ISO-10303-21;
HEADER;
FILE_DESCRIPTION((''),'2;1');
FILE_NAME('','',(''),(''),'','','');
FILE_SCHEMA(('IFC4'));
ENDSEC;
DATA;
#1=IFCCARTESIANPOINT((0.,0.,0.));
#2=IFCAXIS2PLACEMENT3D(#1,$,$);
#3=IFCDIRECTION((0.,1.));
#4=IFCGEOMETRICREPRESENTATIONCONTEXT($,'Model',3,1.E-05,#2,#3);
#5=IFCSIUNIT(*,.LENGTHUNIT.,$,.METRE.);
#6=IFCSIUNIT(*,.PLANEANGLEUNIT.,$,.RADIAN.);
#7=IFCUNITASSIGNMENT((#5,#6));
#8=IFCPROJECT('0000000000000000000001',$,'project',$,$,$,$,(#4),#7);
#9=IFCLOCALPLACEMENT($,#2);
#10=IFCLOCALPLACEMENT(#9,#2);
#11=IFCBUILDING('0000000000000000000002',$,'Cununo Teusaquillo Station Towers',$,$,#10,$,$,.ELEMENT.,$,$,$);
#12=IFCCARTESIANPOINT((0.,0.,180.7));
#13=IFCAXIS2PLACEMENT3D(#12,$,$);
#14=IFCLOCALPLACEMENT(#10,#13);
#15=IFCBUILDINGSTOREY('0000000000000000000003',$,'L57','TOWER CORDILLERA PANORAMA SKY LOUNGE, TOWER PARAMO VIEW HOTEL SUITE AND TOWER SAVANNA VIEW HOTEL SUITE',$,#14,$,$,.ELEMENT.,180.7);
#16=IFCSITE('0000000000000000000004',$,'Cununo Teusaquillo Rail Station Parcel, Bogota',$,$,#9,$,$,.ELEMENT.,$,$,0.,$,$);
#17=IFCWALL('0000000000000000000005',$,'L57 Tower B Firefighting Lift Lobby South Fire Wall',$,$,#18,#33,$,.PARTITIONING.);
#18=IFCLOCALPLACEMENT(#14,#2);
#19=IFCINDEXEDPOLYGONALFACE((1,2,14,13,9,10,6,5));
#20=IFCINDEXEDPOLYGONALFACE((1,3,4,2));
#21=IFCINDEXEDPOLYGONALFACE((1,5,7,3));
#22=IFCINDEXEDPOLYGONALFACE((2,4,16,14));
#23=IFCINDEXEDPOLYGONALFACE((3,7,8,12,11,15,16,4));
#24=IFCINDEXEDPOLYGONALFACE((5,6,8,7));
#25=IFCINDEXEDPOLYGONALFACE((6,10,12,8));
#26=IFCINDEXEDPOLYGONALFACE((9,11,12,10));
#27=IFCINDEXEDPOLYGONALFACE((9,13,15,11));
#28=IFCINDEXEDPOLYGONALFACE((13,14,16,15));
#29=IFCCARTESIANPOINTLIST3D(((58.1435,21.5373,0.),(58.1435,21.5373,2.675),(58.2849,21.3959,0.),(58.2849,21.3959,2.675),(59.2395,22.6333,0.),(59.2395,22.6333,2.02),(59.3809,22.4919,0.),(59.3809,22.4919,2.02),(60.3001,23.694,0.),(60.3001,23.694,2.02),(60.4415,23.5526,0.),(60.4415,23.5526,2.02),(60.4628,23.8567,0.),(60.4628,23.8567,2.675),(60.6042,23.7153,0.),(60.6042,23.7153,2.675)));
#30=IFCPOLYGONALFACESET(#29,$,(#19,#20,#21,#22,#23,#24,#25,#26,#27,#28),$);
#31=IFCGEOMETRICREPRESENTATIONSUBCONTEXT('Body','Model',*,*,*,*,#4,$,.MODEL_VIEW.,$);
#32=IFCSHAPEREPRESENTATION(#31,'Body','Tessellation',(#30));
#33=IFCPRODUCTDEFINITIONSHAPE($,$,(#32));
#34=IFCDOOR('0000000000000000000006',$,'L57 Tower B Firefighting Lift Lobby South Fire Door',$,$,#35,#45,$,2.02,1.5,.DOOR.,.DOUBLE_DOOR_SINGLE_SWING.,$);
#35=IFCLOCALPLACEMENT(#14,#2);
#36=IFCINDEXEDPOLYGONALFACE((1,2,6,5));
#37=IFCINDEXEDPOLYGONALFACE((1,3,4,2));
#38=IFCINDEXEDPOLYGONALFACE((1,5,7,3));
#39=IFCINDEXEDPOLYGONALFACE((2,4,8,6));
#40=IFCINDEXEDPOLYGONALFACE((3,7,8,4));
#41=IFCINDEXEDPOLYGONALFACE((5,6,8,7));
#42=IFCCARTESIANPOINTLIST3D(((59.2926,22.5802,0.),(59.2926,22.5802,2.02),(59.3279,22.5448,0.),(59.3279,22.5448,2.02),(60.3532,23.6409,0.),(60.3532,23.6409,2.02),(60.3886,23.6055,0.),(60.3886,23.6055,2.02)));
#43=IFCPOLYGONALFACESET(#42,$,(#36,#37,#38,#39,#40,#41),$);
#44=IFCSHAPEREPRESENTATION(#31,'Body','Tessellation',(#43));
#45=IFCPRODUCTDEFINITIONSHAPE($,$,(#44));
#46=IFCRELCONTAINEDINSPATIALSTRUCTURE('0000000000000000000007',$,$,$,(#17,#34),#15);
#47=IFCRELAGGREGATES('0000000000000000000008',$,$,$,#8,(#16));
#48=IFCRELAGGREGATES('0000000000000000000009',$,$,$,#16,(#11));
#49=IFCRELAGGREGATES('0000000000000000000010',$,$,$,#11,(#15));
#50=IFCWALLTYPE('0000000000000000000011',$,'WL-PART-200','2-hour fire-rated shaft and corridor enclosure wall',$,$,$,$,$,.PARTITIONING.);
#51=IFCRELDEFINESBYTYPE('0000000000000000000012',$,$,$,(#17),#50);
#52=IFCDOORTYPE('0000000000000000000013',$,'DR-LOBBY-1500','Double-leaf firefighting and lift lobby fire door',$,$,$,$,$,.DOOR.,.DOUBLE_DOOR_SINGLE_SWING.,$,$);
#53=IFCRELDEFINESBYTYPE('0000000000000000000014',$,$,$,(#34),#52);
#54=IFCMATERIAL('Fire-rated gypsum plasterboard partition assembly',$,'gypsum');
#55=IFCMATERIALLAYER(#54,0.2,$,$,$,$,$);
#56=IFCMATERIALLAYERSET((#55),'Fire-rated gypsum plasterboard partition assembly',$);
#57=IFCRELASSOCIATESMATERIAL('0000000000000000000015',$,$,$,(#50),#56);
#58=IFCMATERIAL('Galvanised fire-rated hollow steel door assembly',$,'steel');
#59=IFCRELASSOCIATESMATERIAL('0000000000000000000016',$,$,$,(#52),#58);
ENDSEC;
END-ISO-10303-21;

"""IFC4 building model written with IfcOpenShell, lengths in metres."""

from ifc_helpers import new_model, si_unit, direction, frame, frame_2d, origin, place, context, subcontext, project, spatial, rectangle, extrude, source, transform, mapped, material, layer, layer_set, type_object, element, fill, save


model = new_model("IFC4")

# Units and contexts
model_context = context("Model", 3, precision=1e-05, world=origin(), true_north=direction((0.0, 1.0)))
body_context = subcontext(model_context, "Body", "Model", "MODEL_VIEW")
ifc_project = project(units=[si_unit("LENGTHUNIT", "METRE"), si_unit("PLANEANGLEUNIT", "RADIAN")], contexts=[model_context])

# Site, building, storey
site_placement = place(None, origin())
site = spatial("IfcSite", under=ifc_project, at=site_placement, Name="Cununo Teusaquillo Rail Station Parcel, Bogota", CompositionType="ELEMENT", RefElevation=0.0)
building_placement = place(site_placement, origin())
building = spatial("IfcBuilding", under=site, at=building_placement, Name="Cununo Teusaquillo Station Towers", CompositionType="ELEMENT")
storey_placement = place(building_placement, frame((0.0, 0.0, 180.7)))
storey = spatial("IfcBuildingStorey", under=building, at=storey_placement, Name="L57", Description="TOWER CORDILLERA PANORAMA SKY LOUNGE, TOWER PARAMO VIEW HOTEL SUITE AND TOWER SAVANNA VIEW HOTEL SUITE", CompositionType="ELEMENT", Elevation=180.7)

# Wall, opening, door
ifc_material_1 = material(Name="Fire-rated gypsum plasterboard partition assembly", Category="gypsum")
ifc_layer_1 = layer(ifc_material_1, 0.2)
ifc_layer_set_1 = layer_set([ifc_layer_1], Name="Fire-rated gypsum plasterboard partition assembly")
wall_type_1 = type_object("IfcWallType", Name="WL-PART-200", Description="2-hour fire-rated shaft and corridor enclosure wall", PredefinedType="PARTITIONING", material=ifc_layer_set_1)
wall_1_placement = place(storey_placement, frame((58.2141, 21.4666, 0.0), z_axis=(0.0, 0.0, 1.0), x_axis=(0.707107, 0.707107, 0.0)))
wall_1 = element("IfcWall", 1, at=wall_1_placement, inside=storey, type_object=wall_type_1, Name="L57 Tower B Firefighting Lift Lobby South Fire Wall", PredefinedType="PARTITIONING", context=body_context, shape_type="SweptSolid", body=[
    extrude(rectangle(XDim=3.28, YDim=0.2, at=frame_2d((1.6401, 0.0))), origin(), (0.0, 0.0, 1.0), 2.675),
])
shared_shape_1 = source(origin(), body_context, "Body", "SweptSolid", [
    extrude(rectangle(XDim=1.5, YDim=2.02, at=frame_2d((0.75, 1.01))), frame((0.0, 0.1099, 0.0), z_axis=(0.0, -1.0, 0.0), x_axis=(1.0, 0.0, 0.0)), (0.0, 0.0, 1.0), 0.22),
])
opening_1_placement = place(wall_1_placement, frame((1.55, 0.0, 0.0)))
opening_1 = element("IfcOpeningElement", 2, at=opening_1_placement, cuts=wall_1, PredefinedType="OPENING", context=body_context, shape_type="MappedRepresentation", body=[
    mapped(shared_shape_1, transform((0.0, 0.0, 0.0), x_axis=(1.0, 0.0, 0.0), y_axis=(0.0, 1.0, 0.0), z_axis=(0.0, 0.0, 1.0), scale=1.0)),
])
ifc_material_2 = material(Name="Galvanised fire-rated hollow steel door assembly", Category="steel")
door_type_1 = type_object("IfcDoorType", Name="DR-LOBBY-1500", Description="Double-leaf firefighting and lift lobby fire door", OperationType="DOUBLE_DOOR_SINGLE_SWING", PredefinedType="DOOR", material=ifc_material_2)
shared_shape_2 = source(origin(), body_context, "Body", "SweptSolid", [
    extrude(rectangle(XDim=1.5, YDim=2.02, at=frame_2d((0.75, 1.01))), frame((0.0, 0.0249, 0.0), z_axis=(0.0, -1.0, 0.0), x_axis=(1.0, 0.0, 0.0)), (0.0, 0.0, 1.0), 0.05),
])
door_1_placement = place(opening_1_placement, origin())
door_1 = element("IfcDoor", 3, at=door_1_placement, inside=storey, type_object=door_type_1, Name="L57 Tower B Firefighting Lift Lobby South Fire Door", OperationType="DOUBLE_DOOR_SINGLE_SWING", OverallHeight=2.02, OverallWidth=1.5, PredefinedType="DOOR", context=body_context, shape_type="MappedRepresentation", body=[
    mapped(shared_shape_2, transform((0.0, 0.0, 0.0), x_axis=(1.0, 0.0, 0.0), y_axis=(0.0, 1.0, 0.0), z_axis=(0.0, 0.0, 1.0), scale=1.0)),
])
fill(opening_1, door_1)

save(model, "model.ifc")
